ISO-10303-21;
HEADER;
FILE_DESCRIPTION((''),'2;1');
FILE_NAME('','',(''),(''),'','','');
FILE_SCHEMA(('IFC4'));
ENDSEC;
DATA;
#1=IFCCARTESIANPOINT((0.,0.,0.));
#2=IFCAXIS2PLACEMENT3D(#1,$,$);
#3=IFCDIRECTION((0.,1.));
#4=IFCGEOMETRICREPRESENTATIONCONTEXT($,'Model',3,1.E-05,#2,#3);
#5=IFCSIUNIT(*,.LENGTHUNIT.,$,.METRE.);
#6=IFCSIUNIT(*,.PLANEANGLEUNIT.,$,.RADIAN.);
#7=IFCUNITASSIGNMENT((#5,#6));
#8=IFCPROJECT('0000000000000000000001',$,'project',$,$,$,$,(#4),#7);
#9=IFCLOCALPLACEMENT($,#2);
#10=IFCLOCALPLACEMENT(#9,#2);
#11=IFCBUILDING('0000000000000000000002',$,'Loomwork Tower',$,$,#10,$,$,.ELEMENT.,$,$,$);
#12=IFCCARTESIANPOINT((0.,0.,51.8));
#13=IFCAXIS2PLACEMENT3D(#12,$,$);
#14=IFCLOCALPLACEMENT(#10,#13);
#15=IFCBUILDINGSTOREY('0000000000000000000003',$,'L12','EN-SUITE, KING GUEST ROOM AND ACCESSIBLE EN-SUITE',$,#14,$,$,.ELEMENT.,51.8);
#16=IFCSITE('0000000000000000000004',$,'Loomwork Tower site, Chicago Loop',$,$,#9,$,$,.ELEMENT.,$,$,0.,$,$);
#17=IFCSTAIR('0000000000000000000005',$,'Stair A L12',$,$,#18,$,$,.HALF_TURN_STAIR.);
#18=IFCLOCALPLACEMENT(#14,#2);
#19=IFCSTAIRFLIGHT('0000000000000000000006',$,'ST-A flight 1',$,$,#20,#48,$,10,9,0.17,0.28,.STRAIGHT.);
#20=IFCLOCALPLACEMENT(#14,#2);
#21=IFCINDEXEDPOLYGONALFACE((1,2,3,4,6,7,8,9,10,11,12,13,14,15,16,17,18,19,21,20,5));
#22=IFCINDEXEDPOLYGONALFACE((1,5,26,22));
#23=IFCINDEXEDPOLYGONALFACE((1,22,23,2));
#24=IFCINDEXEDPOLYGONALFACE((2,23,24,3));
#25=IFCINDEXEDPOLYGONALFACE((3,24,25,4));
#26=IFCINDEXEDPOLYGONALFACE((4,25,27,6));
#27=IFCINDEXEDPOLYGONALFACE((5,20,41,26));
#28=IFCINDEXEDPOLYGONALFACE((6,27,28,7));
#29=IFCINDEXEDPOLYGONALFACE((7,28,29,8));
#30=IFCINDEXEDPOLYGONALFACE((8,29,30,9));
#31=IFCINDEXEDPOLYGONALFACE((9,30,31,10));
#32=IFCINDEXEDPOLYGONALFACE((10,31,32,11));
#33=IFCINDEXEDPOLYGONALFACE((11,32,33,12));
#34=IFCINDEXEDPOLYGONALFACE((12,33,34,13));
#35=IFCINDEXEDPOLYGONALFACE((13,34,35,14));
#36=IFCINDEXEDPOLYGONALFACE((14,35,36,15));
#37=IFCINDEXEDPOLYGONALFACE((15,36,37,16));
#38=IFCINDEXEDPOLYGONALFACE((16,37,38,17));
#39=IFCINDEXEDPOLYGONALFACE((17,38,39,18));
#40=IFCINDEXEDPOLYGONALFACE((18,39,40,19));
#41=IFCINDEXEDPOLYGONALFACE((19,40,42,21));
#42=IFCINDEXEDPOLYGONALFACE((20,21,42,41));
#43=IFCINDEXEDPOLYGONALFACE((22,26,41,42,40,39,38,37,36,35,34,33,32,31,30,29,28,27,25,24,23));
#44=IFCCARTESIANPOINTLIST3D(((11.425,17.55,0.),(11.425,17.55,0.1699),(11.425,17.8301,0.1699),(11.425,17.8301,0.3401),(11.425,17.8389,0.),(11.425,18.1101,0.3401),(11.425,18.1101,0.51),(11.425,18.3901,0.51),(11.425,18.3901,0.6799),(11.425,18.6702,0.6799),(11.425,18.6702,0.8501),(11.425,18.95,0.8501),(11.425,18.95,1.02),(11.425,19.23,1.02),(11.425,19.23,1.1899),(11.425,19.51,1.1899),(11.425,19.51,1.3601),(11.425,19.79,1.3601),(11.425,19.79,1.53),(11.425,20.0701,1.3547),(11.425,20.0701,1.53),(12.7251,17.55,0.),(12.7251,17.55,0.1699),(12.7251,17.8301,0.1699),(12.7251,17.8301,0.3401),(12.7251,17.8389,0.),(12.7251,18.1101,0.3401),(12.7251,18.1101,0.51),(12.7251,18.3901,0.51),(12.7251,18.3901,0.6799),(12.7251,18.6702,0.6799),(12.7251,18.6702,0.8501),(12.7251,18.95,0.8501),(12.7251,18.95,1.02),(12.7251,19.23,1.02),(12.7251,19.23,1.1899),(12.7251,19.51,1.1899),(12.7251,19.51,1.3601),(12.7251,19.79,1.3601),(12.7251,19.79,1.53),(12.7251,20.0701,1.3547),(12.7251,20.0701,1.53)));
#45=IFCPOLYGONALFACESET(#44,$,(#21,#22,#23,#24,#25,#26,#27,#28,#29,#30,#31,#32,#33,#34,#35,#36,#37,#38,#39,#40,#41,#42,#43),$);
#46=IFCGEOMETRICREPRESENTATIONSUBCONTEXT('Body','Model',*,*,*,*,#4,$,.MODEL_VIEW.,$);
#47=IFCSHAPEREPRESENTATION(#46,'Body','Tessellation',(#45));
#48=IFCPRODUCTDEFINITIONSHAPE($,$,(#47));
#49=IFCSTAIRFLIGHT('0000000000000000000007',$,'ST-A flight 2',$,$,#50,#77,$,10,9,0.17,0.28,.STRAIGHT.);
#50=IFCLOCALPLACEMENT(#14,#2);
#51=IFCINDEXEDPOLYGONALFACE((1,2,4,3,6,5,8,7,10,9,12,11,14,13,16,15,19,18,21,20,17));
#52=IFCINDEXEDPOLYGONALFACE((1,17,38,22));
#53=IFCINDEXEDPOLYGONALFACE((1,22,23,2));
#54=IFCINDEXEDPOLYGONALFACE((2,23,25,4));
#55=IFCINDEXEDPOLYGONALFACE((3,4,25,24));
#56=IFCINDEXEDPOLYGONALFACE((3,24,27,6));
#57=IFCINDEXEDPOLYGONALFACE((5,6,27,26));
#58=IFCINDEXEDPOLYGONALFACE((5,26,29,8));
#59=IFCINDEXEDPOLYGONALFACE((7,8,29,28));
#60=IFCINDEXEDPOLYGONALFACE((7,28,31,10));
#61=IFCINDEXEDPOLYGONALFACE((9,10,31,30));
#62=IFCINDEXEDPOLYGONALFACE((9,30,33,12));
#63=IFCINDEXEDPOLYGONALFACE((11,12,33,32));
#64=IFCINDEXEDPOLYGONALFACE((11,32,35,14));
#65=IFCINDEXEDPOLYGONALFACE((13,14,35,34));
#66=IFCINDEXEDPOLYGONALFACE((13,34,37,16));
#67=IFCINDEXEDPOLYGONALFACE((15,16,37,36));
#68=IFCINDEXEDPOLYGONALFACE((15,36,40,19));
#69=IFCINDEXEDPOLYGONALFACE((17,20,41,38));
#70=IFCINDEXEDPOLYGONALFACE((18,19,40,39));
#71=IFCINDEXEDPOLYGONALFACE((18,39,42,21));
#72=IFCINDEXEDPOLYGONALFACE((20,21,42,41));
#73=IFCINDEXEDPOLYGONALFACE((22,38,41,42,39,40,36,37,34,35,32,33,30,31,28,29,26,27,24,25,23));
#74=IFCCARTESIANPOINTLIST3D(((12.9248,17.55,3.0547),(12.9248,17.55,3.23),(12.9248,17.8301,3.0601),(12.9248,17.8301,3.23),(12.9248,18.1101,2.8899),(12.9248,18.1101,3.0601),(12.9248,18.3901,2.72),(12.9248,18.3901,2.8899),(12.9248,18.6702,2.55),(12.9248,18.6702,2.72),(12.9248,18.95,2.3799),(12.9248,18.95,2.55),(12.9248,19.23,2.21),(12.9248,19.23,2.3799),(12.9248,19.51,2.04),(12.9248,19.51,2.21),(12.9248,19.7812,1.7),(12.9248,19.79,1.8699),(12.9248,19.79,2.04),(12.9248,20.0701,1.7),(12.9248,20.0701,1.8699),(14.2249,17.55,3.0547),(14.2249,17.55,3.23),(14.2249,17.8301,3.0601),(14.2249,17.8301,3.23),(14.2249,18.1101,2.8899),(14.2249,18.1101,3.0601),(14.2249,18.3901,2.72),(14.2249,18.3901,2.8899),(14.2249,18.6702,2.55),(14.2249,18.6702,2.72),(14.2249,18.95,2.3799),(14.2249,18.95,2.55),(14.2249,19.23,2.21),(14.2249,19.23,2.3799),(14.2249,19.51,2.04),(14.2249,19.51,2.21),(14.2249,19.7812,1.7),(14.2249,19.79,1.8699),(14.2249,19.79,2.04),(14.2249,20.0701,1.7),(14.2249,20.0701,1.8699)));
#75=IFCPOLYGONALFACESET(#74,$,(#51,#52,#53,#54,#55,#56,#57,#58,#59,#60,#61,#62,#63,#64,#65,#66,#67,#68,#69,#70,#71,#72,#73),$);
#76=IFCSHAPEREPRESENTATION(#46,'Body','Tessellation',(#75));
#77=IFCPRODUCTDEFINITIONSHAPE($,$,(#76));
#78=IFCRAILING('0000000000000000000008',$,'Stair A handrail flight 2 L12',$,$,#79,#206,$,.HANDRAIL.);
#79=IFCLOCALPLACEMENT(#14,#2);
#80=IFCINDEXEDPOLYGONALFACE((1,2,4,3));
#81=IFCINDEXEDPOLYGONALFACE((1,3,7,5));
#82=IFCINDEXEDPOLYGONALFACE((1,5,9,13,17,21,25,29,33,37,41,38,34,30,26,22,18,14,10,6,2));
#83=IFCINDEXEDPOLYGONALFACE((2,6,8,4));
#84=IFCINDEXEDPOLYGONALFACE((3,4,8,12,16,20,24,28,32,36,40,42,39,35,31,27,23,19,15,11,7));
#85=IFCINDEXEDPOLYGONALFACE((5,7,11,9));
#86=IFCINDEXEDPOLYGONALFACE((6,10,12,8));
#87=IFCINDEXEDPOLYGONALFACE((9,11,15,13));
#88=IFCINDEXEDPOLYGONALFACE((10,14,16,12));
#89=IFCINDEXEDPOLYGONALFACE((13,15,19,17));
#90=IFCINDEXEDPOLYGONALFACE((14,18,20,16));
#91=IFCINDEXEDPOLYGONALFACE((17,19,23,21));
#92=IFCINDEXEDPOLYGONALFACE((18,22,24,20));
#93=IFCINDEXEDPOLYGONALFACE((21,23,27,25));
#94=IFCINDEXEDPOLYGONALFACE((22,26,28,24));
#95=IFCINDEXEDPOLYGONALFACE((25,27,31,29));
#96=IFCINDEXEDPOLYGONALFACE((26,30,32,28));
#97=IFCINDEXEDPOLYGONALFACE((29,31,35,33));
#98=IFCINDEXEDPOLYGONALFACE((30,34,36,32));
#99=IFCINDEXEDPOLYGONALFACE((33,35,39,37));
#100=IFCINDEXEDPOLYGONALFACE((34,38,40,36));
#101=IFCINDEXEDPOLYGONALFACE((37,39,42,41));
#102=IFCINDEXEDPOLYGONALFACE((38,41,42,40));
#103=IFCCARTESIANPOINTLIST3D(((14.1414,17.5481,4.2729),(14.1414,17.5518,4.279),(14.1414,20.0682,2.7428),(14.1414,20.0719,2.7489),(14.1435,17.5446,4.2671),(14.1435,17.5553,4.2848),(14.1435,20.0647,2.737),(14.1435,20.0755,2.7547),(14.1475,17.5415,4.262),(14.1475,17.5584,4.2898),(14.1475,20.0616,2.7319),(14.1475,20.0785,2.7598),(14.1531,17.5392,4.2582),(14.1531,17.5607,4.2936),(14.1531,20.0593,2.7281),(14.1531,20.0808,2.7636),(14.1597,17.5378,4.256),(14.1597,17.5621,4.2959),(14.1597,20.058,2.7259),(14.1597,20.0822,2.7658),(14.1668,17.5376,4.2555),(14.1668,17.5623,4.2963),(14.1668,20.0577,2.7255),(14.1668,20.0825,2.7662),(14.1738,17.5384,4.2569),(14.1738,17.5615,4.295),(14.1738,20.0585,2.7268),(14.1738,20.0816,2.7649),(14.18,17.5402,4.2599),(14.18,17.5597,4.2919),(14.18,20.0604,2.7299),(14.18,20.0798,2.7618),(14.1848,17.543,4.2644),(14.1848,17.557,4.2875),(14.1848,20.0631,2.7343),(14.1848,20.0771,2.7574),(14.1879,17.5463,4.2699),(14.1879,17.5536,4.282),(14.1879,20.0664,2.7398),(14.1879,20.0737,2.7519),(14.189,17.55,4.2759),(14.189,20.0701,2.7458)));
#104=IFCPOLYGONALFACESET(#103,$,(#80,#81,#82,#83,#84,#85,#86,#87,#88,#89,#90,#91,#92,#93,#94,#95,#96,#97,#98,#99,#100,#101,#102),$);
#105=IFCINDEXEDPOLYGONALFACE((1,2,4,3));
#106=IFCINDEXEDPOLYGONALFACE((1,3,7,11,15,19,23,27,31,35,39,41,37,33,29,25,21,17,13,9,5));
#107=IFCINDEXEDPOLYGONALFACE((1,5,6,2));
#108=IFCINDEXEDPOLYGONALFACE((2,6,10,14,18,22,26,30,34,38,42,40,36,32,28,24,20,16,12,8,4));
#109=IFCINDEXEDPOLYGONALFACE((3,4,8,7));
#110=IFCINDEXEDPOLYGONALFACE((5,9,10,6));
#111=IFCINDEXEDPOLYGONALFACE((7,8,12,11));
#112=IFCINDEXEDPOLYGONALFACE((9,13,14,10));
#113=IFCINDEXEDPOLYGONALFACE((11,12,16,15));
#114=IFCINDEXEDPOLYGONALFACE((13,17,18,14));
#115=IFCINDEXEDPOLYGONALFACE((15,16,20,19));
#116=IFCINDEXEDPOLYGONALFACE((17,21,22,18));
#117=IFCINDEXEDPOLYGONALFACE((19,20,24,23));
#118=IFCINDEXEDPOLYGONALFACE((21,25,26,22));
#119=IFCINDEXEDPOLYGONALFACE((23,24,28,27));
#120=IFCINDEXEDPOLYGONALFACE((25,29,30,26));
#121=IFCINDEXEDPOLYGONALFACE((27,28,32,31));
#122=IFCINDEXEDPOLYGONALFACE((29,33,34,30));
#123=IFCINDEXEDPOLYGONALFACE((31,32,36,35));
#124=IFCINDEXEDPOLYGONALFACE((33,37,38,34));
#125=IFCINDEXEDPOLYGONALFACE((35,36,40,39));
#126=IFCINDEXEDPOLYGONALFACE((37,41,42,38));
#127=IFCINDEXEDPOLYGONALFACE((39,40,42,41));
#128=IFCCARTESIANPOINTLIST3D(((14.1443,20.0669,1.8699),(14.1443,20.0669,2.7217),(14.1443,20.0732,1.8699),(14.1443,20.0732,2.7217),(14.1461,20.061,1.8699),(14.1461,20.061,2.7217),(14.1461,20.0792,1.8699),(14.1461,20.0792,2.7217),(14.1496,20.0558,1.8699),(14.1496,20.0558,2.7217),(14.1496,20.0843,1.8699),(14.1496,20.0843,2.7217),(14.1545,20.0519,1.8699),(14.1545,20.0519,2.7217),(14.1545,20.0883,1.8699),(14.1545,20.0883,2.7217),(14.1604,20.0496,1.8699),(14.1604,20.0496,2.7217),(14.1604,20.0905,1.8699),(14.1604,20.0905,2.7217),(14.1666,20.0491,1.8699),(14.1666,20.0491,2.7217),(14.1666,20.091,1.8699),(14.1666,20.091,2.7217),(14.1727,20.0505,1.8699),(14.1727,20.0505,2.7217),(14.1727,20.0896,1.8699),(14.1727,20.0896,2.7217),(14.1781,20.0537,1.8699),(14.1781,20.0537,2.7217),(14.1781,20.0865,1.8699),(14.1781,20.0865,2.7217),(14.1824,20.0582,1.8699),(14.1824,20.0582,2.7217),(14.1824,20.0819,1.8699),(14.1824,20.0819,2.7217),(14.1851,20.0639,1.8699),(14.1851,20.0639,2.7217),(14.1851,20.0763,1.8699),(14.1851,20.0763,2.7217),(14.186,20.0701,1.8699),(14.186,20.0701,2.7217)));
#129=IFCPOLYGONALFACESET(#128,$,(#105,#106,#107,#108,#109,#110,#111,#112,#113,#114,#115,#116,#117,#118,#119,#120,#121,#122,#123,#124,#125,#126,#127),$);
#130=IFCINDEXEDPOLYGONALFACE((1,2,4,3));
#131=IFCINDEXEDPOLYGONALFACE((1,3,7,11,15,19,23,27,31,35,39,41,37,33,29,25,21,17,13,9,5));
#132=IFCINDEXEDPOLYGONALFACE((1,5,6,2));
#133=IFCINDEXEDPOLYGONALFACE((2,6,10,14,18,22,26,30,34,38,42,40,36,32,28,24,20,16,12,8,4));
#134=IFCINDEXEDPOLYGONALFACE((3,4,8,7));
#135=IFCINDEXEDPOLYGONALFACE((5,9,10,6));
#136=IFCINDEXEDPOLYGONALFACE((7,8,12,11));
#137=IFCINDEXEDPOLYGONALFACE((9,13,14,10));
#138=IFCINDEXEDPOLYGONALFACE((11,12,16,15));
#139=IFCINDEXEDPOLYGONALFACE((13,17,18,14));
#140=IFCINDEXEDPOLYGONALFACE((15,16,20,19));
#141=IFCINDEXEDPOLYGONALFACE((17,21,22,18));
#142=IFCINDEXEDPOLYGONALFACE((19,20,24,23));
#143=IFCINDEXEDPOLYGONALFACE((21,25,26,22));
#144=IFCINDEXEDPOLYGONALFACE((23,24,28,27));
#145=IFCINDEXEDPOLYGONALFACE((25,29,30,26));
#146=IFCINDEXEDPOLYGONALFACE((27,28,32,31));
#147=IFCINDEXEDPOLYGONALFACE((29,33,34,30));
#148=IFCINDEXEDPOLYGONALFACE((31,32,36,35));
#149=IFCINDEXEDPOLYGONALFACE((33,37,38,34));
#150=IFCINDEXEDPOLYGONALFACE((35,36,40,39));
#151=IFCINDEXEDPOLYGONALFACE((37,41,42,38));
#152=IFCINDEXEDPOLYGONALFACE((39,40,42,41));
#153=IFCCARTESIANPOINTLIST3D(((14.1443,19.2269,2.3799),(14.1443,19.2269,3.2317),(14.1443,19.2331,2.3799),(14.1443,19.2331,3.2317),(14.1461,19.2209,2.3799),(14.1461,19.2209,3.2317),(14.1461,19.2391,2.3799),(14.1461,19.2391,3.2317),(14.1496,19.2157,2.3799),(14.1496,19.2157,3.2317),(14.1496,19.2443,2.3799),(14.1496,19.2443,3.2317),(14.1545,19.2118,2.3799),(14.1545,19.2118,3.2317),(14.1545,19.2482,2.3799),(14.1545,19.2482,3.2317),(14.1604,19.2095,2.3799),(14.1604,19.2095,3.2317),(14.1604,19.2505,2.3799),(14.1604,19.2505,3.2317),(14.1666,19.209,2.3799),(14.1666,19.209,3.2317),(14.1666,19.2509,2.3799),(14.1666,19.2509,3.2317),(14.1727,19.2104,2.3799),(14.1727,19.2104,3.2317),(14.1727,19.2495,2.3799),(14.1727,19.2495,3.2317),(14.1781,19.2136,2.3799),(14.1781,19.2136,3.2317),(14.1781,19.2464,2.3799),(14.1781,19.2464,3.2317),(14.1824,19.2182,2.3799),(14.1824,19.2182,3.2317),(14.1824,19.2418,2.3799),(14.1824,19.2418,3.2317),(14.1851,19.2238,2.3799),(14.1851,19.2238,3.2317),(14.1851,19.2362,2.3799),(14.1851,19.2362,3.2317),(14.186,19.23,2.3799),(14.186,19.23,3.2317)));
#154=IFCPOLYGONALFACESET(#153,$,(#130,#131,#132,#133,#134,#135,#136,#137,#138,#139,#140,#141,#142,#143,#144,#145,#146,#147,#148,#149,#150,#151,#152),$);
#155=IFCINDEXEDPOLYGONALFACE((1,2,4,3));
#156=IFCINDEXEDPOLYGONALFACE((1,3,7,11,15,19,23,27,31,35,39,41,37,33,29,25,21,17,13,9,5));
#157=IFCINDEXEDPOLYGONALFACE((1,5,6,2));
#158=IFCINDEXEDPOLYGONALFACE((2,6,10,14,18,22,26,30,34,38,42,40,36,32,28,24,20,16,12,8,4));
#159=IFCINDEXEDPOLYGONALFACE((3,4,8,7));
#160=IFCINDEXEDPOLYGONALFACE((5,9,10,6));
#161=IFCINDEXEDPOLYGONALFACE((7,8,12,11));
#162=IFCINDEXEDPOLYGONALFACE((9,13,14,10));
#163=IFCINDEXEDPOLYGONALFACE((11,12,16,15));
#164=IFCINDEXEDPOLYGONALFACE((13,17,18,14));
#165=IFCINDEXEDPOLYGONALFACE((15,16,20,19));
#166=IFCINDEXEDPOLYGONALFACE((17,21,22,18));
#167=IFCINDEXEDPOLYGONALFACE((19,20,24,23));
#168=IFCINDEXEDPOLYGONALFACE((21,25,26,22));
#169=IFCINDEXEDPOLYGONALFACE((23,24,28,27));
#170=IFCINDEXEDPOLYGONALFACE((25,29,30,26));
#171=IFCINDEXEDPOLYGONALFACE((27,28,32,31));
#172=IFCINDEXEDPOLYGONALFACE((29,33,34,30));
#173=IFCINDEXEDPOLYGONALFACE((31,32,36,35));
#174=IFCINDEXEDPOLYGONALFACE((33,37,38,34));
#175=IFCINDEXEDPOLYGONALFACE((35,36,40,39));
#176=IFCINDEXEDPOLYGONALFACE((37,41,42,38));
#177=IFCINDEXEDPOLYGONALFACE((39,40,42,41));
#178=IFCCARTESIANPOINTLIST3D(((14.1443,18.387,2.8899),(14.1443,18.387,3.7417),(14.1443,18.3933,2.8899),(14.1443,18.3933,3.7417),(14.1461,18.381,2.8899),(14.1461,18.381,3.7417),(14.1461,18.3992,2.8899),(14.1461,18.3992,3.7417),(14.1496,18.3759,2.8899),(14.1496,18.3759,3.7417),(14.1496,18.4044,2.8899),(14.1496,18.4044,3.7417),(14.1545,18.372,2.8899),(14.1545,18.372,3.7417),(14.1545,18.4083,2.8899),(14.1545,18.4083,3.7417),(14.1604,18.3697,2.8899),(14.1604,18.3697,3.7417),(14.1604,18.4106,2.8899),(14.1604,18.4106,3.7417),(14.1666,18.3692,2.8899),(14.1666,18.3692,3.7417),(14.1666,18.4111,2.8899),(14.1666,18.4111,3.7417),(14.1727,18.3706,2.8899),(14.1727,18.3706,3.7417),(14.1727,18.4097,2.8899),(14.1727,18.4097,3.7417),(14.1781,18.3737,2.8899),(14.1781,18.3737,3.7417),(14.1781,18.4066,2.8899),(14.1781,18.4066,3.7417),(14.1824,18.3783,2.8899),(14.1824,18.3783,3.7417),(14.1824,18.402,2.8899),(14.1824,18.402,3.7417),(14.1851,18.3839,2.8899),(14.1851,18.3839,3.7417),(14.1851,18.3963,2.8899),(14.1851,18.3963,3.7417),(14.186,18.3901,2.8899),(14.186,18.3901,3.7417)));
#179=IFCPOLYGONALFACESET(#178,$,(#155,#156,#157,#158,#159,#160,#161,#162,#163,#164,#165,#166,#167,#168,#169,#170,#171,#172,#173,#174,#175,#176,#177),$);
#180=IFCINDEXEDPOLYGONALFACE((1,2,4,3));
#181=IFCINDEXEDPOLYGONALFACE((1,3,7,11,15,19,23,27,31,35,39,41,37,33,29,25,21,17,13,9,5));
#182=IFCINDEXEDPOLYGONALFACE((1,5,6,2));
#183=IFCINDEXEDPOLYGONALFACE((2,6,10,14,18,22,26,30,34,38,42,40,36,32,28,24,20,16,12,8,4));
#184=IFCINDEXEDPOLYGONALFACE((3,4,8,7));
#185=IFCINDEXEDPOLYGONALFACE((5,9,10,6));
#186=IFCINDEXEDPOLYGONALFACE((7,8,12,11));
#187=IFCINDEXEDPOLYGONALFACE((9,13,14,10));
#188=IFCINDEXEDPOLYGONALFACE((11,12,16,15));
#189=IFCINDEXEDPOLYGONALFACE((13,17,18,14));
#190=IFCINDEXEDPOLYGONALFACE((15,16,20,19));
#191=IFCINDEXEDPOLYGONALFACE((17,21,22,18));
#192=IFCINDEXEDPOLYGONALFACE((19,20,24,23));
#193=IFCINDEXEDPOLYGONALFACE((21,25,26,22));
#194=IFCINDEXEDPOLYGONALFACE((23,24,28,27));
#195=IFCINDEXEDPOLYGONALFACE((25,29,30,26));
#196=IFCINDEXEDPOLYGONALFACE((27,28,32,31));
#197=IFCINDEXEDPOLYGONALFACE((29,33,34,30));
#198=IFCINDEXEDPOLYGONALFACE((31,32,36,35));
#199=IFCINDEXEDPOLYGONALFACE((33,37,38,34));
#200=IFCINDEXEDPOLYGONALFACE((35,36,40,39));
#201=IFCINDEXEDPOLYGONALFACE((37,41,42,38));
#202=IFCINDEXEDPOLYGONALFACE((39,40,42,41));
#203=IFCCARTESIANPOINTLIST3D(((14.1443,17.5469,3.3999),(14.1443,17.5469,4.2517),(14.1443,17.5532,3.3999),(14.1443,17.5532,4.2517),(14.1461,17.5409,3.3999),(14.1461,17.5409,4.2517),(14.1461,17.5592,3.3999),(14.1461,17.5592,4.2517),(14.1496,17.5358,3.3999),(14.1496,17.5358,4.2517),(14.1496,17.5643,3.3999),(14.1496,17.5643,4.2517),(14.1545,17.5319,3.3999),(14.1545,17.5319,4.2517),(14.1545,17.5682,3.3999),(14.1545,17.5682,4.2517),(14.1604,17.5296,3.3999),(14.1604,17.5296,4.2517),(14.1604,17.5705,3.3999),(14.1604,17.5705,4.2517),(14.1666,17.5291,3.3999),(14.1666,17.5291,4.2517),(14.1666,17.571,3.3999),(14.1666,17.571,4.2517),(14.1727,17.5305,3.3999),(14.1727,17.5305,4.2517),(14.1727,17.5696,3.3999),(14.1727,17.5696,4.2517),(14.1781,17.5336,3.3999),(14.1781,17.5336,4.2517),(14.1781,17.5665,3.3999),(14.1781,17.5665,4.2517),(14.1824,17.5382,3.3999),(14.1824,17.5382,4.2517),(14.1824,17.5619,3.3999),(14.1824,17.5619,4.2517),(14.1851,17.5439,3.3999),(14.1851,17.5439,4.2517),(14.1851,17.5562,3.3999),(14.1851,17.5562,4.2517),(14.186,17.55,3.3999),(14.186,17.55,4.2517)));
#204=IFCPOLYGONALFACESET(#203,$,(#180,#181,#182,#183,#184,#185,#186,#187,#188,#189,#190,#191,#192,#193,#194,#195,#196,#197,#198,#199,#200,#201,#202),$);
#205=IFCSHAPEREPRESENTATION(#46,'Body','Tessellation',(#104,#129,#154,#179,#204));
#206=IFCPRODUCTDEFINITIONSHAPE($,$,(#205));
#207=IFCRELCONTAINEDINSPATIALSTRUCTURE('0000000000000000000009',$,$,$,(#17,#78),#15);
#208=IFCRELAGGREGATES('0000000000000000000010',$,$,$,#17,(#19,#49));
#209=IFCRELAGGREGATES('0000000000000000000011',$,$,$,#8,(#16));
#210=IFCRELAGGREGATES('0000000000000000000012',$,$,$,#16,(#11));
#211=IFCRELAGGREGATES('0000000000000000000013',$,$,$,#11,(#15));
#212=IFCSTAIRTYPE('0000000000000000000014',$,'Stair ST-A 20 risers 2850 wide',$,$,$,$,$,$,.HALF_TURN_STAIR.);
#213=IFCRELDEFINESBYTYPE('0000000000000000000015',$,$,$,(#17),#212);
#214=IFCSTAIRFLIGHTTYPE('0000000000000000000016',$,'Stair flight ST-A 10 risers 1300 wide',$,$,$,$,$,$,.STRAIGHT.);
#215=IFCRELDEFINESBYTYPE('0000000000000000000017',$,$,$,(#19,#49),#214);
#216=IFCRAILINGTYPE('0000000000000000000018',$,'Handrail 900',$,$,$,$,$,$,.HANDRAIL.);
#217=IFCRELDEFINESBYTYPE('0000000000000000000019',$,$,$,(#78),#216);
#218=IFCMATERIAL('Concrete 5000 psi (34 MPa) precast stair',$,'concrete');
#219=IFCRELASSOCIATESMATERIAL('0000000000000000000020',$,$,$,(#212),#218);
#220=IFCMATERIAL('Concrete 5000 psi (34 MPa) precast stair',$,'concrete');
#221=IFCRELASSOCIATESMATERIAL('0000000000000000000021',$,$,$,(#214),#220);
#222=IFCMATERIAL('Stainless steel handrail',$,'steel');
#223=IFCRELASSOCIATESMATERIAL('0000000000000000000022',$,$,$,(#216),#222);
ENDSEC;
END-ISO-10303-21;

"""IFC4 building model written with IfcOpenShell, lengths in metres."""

from ifc_helpers import new_model, si_unit, direction, frame, origin, origin_2d, place, context, subcontext, project, spatial, polyline, circle, outline, extrude, material, type_object, element, aggregate, save


model = new_model("IFC4")

# Units and contexts
model_context = context("Model", 3, precision=1e-05, world=origin(), true_north=direction((0.0, 1.0)))
body_context = subcontext(model_context, "Body", "Model", "MODEL_VIEW")
ifc_project = project(units=[si_unit("LENGTHUNIT", "METRE"), si_unit("PLANEANGLEUNIT", "RADIAN")], contexts=[model_context])

# Site, building, storey
site_placement = place(None, origin())
site = spatial("IfcSite", under=ifc_project, at=site_placement, Name="Loomwork Tower site, Chicago Loop", CompositionType="ELEMENT", RefElevation=0.0)
building_placement = place(site_placement, origin())
building = spatial("IfcBuilding", under=site, at=building_placement, Name="Loomwork Tower", CompositionType="ELEMENT")
storey_placement = place(building_placement, frame((0.0, 0.0, 51.8)))
storey = spatial("IfcBuildingStorey", under=building, at=storey_placement, Name="L12", Description="EN-SUITE, KING GUEST ROOM AND ACCESSIBLE EN-SUITE", CompositionType="ELEMENT", Elevation=51.8)

# Stair, stair flights
ifc_material_1 = material(Name="Concrete 5000 psi (34 MPa) precast stair", Category="concrete")
stair_type = type_object("IfcStairType", Name="Stair ST-A 20 risers 2850 wide", PredefinedType="HALF_TURN_STAIR", material=ifc_material_1)
stair_placement = place(storey_placement, origin())
stair = element("IfcStair", 1, at=stair_placement, inside=storey, type_object=stair_type, Name="Stair A L12", PredefinedType="HALF_TURN_STAIR")
ifc_material_2 = material(Name="Concrete 5000 psi (34 MPa) precast stair", Category="concrete")
stair_flight_type = type_object("IfcStairFlightType", Name="Stair flight ST-A 10 risers 1300 wide", PredefinedType="STRAIGHT", material=ifc_material_2)
stair_flight_1_placement = place(storey_placement, frame((12.075, 17.55, 0.0), z_axis=(0.0, 0.0, 1.0), x_axis=(0.0, 1.0, 0.0)))
stair_flight_1 = element("IfcStairFlight", 2, at=stair_flight_1_placement, type_object=stair_flight_type, Name="ST-A flight 1", NumberOfRisers=10, NumberOfTreads=9, PredefinedType="STRAIGHT", RiserHeight=0.17, TreadLength=0.28, context=body_context, shape_type="SweptSolid", body=[
    extrude(outline(polyline([(0.0, 0.0), (0.0, 0.1699), (0.28, 0.1699), (0.28, 0.3401), (0.5601, 0.3401), (0.5601, 0.51), (0.8401, 0.51), (0.8401, 0.6799), (1.1201, 0.6799), (1.1201, 0.8501), (1.3999, 0.8501), (1.3999, 1.02), (1.6799, 1.02), (1.6799, 1.1899), (1.96, 1.1899), (1.96, 1.3601), (2.24, 1.3601), (2.24, 1.53), (2.52, 1.53), (2.52, 1.7), (2.52, 1.3547), (0.2888, 0.0), (0.0, 0.0)])), frame((0.0, 0.6499, 0.0), z_axis=(0.0, -1.0, 0.0), x_axis=(1.0, 0.0, 0.0)), (0.0, 0.0, 1.0), 1.3),
])
stair_flight_2_placement = place(storey_placement, frame((13.575, 20.0701, 1.7), z_axis=(0.0, 0.0, 1.0), x_axis=(0.0, -1.0, 0.0)))
stair_flight_2 = element("IfcStairFlight", 3, at=stair_flight_2_placement, type_object=stair_flight_type, Name="ST-A flight 2", NumberOfRisers=10, NumberOfTreads=9, PredefinedType="STRAIGHT", RiserHeight=0.17, TreadLength=0.28, context=body_context, shape_type="SweptSolid", body=[
    extrude(outline(polyline([(0.0, 0.0), (0.0, 0.1699), (0.28, 0.1699), (0.28, 0.3401), (0.5601, 0.3401), (0.5601, 0.51), (0.8401, 0.51), (0.8401, 0.6799), (1.1201, 0.6799), (1.1201, 0.8501), (1.3999, 0.8501), (1.3999, 1.02), (1.6799, 1.02), (1.6799, 1.1899), (1.96, 1.1899), (1.96, 1.3601), (2.24, 1.3601), (2.24, 1.53), (2.52, 1.53), (2.52, 1.7), (2.52, 1.3547), (0.2888, 0.0), (0.0, 0.0)])), frame((0.0, 0.6499, 0.0), z_axis=(0.0, -1.0, 0.0), x_axis=(1.0, 0.0, 0.0)), (0.0, 0.0, 1.0), 1.3),
])
aggregate(stair, [stair_flight_1, stair_flight_2])

# Railing
ifc_material_3 = material(Name="Stainless steel handrail", Category="steel")
railing_type = type_object("IfcRailingType", Name="Handrail 900", PredefinedType="HANDRAIL", material=ifc_material_3)
railing_placement = place(storey_placement, frame((14.165, 20.0701, 1.8699)))
element("IfcRailing", 4, at=railing_placement, inside=storey, type_object=railing_type, Name="Stair A handrail flight 2 L12", PredefinedType="HANDRAIL", context=body_context, shape_type="SweptSolid", body=[
    extrude(circle(Radius=0.0239, at=origin_2d()), frame((0.0, 0.0, 0.876), z_axis=(0.0, -0.854785, 0.518982), x_axis=(1.0, 0.0, 0.0)), (0.0, 0.0, 1.0), 2.9482),
    extrude(circle(Radius=0.021, at=origin_2d()), origin(), (0.0, 0.0, 1.0), 0.8518),
    extrude(circle(Radius=0.021, at=origin_2d()), frame((0.0, -0.8401, 0.51)), (0.0, 0.0, 1.0), 0.8518),
    extrude(circle(Radius=0.021, at=origin_2d()), frame((0.0, -1.6799, 1.02)), (0.0, 0.0, 1.0), 0.8518),
    extrude(circle(Radius=0.021, at=origin_2d()), frame((0.0, -2.52, 1.53)), (0.0, 0.0, 1.0), 0.8518),
])

save(model, "model.ifc")
